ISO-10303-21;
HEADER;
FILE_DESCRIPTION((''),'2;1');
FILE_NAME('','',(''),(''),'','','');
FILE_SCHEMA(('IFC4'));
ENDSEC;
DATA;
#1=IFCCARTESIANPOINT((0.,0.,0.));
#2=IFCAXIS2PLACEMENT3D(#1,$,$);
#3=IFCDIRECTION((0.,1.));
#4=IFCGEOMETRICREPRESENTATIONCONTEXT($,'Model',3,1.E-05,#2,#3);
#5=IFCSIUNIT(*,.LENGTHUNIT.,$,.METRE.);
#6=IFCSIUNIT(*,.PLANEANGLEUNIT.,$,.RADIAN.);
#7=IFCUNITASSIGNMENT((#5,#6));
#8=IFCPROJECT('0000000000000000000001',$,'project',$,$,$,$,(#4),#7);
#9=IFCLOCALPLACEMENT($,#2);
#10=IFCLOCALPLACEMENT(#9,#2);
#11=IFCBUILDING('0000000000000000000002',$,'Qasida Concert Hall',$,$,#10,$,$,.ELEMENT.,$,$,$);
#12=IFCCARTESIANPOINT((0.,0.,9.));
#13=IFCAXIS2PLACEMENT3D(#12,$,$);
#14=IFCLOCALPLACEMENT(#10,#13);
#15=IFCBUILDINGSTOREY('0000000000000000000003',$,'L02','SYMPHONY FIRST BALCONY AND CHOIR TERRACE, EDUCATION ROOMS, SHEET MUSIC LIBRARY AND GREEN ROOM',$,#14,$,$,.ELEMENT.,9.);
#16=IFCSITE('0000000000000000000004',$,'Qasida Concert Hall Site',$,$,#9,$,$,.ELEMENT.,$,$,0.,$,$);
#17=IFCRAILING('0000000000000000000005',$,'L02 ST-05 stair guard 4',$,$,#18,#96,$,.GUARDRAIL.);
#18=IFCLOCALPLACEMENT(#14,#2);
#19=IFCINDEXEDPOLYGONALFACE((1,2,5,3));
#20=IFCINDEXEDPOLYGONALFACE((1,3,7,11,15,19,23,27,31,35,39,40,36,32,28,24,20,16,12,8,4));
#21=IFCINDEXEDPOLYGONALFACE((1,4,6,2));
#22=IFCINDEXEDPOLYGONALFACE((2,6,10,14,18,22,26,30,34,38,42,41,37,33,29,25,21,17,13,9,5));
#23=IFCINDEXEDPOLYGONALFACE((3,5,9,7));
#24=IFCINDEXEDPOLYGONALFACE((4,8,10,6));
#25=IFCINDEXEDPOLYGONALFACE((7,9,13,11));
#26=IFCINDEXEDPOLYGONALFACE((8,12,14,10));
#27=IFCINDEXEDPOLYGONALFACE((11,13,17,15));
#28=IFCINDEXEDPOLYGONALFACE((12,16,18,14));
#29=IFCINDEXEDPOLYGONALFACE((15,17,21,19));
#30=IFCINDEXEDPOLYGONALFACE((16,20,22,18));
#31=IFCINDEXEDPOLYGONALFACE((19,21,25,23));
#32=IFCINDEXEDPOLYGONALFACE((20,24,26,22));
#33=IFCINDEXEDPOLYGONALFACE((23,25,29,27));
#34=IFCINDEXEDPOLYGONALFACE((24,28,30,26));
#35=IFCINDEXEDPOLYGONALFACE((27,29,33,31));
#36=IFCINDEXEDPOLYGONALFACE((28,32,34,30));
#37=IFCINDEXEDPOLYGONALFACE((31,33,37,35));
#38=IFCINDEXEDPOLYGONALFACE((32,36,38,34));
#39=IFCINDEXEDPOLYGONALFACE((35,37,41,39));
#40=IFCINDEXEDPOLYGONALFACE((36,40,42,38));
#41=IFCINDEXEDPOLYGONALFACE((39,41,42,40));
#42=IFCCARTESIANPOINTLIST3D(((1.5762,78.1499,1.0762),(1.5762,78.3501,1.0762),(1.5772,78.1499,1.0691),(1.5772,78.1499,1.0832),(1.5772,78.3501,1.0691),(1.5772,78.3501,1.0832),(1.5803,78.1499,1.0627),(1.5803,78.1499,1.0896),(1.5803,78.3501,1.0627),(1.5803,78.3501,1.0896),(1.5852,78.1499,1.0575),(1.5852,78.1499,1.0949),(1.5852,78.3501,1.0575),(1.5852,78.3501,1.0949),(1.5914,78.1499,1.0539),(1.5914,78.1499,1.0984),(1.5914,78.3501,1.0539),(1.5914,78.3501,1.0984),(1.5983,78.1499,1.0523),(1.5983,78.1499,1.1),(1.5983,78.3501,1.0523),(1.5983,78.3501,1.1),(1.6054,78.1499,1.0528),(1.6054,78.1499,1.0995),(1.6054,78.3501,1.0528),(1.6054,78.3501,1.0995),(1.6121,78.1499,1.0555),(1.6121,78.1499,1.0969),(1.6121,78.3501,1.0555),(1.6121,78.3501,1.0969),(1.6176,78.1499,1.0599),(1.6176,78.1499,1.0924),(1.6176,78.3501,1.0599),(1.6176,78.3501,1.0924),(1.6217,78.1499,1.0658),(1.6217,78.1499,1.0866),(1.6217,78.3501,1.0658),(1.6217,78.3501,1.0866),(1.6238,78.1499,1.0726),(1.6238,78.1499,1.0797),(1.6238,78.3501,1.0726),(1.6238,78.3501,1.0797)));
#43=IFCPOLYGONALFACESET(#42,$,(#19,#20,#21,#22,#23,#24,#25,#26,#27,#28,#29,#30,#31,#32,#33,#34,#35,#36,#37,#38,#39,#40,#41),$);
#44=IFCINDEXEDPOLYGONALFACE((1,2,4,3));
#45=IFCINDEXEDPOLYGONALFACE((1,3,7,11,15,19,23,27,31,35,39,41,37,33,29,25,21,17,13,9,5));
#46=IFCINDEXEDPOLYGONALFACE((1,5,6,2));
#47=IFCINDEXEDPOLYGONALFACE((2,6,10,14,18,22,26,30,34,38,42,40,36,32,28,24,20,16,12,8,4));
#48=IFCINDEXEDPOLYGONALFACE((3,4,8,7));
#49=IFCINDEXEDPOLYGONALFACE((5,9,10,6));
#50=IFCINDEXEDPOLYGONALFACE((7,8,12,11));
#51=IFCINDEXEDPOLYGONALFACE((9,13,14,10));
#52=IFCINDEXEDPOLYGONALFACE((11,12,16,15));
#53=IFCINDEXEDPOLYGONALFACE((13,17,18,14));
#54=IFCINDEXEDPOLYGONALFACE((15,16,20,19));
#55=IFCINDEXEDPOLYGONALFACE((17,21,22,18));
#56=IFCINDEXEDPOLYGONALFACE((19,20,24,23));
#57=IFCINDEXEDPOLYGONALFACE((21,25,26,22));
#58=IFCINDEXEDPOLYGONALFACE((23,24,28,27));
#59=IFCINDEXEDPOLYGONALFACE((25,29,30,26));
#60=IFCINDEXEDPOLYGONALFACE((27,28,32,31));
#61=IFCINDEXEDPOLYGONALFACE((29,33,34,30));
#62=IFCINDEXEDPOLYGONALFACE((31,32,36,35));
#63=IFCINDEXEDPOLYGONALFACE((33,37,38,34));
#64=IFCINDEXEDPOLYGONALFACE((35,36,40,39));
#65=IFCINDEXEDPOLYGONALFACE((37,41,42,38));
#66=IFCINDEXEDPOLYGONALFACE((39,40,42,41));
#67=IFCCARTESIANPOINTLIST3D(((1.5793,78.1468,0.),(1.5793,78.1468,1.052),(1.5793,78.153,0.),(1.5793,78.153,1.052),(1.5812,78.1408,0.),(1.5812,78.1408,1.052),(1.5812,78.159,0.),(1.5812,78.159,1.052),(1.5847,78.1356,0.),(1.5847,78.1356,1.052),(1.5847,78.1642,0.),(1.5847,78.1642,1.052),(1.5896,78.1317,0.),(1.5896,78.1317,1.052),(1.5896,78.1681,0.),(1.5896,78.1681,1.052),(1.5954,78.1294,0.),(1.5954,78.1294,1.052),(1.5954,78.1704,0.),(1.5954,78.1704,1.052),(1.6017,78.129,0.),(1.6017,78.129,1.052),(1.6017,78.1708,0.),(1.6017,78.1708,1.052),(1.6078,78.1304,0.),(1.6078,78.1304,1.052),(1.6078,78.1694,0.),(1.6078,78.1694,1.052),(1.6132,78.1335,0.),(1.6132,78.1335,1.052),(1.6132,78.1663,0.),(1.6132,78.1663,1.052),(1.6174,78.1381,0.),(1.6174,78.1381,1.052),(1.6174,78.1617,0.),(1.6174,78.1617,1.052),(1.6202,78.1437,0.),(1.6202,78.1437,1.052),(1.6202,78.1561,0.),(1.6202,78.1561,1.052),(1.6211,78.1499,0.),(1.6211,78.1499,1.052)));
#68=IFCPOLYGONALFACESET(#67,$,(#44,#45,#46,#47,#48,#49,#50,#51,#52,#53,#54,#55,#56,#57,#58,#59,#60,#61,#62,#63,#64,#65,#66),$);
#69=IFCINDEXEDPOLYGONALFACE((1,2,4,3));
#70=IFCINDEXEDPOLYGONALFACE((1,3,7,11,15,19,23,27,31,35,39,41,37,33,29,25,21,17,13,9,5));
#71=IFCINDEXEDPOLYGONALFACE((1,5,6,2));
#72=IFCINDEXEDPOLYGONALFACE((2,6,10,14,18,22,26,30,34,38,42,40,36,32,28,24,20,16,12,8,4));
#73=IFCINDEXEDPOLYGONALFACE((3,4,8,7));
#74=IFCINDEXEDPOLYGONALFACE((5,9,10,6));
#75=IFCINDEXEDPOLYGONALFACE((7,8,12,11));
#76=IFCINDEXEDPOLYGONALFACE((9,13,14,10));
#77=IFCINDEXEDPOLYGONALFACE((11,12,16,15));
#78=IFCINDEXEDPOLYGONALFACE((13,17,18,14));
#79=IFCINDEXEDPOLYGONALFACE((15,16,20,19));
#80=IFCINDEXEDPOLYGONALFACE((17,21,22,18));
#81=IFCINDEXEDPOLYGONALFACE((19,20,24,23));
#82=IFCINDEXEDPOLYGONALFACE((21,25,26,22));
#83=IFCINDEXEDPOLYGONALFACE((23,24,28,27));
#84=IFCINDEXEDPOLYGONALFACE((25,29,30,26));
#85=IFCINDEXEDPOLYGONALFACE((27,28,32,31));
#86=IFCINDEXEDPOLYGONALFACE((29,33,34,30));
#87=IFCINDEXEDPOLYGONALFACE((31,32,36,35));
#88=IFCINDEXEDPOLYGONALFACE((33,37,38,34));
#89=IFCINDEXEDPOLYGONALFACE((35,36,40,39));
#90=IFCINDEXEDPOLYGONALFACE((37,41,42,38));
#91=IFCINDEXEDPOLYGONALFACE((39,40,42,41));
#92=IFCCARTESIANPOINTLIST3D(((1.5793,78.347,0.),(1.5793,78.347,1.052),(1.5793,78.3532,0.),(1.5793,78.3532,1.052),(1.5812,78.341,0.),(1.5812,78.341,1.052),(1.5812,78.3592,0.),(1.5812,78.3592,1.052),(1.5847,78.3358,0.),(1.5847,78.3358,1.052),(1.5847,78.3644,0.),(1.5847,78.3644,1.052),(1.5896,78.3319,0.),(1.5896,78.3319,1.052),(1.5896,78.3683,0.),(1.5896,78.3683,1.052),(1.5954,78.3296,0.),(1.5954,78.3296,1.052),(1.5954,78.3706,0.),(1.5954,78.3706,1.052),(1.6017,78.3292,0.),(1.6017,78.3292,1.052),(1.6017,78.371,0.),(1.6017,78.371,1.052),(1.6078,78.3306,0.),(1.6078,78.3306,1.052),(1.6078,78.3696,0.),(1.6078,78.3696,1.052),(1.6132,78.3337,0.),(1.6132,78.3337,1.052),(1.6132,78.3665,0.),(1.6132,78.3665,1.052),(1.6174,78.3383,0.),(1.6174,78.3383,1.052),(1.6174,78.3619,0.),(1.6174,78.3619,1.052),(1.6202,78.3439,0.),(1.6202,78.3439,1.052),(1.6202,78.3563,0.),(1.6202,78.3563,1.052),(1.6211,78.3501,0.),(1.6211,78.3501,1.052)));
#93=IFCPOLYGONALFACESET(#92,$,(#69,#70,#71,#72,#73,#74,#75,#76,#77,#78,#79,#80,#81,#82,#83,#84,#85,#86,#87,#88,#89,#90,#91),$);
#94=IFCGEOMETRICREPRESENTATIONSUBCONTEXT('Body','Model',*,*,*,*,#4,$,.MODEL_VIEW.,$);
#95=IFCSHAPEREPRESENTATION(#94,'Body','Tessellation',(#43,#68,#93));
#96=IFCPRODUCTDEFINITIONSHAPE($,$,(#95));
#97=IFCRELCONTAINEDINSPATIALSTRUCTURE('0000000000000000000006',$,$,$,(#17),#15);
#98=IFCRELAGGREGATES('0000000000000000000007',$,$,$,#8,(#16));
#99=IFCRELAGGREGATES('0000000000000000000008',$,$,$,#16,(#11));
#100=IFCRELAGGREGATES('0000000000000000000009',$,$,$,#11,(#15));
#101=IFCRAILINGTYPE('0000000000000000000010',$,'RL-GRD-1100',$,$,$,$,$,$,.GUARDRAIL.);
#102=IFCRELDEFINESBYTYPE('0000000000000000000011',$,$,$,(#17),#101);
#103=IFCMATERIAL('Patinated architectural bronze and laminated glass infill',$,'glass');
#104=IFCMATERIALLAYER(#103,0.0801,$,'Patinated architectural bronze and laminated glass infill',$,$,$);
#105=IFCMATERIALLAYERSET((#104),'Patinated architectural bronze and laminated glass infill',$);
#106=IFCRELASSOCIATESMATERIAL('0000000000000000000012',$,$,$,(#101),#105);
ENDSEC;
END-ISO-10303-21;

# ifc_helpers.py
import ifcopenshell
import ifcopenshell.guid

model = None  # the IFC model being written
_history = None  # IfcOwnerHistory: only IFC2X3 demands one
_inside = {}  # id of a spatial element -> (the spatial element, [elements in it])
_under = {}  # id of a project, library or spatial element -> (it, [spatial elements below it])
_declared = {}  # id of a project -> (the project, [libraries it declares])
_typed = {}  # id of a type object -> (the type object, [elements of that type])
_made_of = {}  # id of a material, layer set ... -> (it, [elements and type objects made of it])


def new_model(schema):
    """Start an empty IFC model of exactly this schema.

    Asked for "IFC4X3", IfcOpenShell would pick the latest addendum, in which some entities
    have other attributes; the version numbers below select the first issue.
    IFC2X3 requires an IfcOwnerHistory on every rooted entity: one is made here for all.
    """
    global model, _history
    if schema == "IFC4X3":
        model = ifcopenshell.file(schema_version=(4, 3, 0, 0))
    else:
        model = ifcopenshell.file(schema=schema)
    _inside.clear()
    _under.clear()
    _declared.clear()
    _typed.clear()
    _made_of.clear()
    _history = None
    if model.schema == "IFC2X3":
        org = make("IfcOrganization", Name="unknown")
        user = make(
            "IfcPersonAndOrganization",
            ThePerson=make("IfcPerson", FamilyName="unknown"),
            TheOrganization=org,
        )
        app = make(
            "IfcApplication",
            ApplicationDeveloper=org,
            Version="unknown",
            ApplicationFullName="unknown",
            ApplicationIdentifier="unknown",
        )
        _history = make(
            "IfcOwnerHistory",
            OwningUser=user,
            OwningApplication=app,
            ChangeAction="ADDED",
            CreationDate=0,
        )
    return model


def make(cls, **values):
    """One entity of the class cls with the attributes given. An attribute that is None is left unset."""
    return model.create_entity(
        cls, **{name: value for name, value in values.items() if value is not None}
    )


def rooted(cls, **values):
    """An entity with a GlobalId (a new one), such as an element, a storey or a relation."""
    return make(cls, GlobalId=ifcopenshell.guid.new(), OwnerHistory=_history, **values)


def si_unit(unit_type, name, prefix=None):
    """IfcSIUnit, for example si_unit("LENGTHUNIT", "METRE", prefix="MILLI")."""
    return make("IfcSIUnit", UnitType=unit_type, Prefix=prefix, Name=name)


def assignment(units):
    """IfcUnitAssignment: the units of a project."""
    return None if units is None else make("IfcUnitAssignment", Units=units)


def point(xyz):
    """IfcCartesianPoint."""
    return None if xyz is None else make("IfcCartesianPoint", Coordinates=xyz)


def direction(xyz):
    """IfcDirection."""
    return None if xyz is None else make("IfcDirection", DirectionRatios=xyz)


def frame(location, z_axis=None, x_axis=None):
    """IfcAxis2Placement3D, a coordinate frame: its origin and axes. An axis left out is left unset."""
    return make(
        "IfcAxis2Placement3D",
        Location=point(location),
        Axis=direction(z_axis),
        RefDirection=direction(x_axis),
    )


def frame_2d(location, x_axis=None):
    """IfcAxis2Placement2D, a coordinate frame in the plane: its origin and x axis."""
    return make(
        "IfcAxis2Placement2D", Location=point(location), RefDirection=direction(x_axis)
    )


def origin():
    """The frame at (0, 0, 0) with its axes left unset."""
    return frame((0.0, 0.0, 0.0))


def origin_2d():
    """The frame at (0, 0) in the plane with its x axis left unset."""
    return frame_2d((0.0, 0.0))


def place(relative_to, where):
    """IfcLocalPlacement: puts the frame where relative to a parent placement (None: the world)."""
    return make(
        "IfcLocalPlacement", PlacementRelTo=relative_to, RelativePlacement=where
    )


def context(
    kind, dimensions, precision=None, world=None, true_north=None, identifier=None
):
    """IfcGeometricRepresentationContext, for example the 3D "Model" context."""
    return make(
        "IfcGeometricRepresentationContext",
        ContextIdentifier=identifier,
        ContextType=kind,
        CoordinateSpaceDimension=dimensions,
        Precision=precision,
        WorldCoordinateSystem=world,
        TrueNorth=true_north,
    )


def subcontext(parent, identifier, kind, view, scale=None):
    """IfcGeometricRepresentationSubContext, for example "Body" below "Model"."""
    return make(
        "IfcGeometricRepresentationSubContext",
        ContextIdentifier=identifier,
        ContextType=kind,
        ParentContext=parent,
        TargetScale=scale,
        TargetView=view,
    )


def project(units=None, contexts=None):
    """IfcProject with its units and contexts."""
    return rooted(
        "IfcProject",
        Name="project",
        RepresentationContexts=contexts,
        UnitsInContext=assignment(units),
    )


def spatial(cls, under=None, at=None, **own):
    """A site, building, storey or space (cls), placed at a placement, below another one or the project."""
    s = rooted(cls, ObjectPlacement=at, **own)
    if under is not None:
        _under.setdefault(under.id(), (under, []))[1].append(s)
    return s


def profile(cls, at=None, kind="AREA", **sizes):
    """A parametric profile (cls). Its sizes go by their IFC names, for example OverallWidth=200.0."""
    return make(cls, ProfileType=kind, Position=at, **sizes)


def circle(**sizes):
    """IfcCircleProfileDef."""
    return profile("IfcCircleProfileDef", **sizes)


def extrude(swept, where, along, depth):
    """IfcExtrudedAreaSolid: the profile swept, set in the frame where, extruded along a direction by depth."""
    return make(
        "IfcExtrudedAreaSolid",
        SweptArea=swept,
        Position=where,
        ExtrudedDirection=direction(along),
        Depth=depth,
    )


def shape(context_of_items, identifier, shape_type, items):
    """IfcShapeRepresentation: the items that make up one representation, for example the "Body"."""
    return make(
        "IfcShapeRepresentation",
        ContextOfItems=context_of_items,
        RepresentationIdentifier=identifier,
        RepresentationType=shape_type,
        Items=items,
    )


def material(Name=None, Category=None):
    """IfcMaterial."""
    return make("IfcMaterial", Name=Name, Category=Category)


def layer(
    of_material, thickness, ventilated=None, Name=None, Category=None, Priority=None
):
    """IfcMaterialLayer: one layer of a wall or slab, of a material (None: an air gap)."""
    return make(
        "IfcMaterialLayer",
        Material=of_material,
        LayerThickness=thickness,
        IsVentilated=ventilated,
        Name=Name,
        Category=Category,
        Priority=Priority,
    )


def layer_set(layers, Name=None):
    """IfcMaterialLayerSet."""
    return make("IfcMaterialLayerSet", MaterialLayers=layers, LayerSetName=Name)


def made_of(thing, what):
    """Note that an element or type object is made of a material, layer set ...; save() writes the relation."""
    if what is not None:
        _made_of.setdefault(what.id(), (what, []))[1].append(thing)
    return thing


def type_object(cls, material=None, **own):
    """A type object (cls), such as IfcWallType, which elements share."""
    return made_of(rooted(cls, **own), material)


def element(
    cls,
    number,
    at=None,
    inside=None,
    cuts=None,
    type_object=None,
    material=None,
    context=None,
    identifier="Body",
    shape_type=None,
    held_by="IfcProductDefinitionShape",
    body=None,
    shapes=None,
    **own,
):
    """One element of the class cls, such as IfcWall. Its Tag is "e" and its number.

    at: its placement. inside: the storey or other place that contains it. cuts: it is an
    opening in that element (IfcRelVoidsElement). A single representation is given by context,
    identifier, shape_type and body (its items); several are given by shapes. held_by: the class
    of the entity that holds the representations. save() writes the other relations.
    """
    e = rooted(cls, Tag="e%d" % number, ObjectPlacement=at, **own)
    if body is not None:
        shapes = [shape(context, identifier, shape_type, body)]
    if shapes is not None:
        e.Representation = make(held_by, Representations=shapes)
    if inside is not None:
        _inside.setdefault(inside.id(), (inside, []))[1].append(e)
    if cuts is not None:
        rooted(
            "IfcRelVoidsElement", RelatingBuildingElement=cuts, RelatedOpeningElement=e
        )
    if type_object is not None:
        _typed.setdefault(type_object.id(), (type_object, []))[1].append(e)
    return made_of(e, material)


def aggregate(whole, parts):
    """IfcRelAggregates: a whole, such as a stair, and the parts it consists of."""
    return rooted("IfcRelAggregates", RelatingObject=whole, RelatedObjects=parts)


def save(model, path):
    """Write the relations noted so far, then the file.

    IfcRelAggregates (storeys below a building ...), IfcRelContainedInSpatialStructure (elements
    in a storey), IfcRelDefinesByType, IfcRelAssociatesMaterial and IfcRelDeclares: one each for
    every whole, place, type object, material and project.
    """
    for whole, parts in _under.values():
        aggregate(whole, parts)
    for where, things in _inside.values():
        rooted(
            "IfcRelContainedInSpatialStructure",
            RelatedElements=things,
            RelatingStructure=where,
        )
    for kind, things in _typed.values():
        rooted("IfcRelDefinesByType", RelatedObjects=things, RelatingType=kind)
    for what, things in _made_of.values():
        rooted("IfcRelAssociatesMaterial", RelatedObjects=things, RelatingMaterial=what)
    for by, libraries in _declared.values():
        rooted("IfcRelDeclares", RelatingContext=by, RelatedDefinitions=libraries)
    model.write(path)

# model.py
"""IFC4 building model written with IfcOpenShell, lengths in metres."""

from ifc_helpers import new_model, si_unit, direction, frame, origin, origin_2d, place, context, subcontext, project, spatial, circle, extrude, material, layer, layer_set, type_object, element, save


model = new_model("IFC4")

# Units and contexts
model_context = context("Model", 3, precision=1e-05, world=origin(), true_north=direction((0.0, 1.0)))
body_context = subcontext(model_context, "Body", "Model", "MODEL_VIEW")
ifc_project = project(units=[si_unit("LENGTHUNIT", "METRE"), si_unit("PLANEANGLEUNIT", "RADIAN")], contexts=[model_context])

# Site, building, storey
site_placement = place(None, origin())
site = spatial("IfcSite", under=ifc_project, at=site_placement, Name="Qasida Concert Hall Site", CompositionType="ELEMENT", RefElevation=0.0)
building_placement = place(site_placement, origin())
building = spatial("IfcBuilding", under=site, at=building_placement, Name="Qasida Concert Hall", CompositionType="ELEMENT")
storey_placement = place(building_placement, frame((0.0, 0.0, 9.0)))
storey = spatial("IfcBuildingStorey", under=building, at=storey_placement, Name="L02", Description="SYMPHONY FIRST BALCONY AND CHOIR TERRACE, EDUCATION ROOMS, SHEET MUSIC LIBRARY AND GREEN ROOM", CompositionType="ELEMENT", Elevation=9.0)

# Railing
ifc_material_1 = material(Name="Patinated architectural bronze and laminated glass infill", Category="glass")
ifc_layer_1 = layer(ifc_material_1, 0.0801, Name="Patinated architectural bronze and laminated glass infill")
ifc_layer_set_1 = layer_set([ifc_layer_1], Name="Patinated architectural bronze and laminated glass infill")
railing_type_1 = type_object("IfcRailingType", Name="RL-GRD-1100", PredefinedType="GUARDRAIL", material=ifc_layer_set_1)
railing_1_placement = place(storey_placement, frame((1.6001, 78.1499, 0.0)))
element("IfcRailing", 1, at=railing_1_placement, inside=storey, type_object=railing_type_1, Name="L02 ST-05 stair guard 4", PredefinedType="GUARDRAIL", context=body_context, shape_type="SweptSolid", body=[
    extrude(circle(Radius=0.0239, at=origin_2d()), frame((0.0, 0.0, 1.0762), z_axis=(0.0, 1.0, 0.0), x_axis=(-1.0, 0.0, 0.0)), (0.0, 0.0, 1.0), 0.2002),
    extrude(circle(Radius=0.021, at=origin_2d()), origin(), (0.0, 0.0, 1.0), 1.052),
    extrude(circle(Radius=0.021, at=origin_2d()), frame((0.0, 0.2002, 0.0)), (0.0, 0.0, 1.0), 1.052),
])

save(model, "model.ifc")
